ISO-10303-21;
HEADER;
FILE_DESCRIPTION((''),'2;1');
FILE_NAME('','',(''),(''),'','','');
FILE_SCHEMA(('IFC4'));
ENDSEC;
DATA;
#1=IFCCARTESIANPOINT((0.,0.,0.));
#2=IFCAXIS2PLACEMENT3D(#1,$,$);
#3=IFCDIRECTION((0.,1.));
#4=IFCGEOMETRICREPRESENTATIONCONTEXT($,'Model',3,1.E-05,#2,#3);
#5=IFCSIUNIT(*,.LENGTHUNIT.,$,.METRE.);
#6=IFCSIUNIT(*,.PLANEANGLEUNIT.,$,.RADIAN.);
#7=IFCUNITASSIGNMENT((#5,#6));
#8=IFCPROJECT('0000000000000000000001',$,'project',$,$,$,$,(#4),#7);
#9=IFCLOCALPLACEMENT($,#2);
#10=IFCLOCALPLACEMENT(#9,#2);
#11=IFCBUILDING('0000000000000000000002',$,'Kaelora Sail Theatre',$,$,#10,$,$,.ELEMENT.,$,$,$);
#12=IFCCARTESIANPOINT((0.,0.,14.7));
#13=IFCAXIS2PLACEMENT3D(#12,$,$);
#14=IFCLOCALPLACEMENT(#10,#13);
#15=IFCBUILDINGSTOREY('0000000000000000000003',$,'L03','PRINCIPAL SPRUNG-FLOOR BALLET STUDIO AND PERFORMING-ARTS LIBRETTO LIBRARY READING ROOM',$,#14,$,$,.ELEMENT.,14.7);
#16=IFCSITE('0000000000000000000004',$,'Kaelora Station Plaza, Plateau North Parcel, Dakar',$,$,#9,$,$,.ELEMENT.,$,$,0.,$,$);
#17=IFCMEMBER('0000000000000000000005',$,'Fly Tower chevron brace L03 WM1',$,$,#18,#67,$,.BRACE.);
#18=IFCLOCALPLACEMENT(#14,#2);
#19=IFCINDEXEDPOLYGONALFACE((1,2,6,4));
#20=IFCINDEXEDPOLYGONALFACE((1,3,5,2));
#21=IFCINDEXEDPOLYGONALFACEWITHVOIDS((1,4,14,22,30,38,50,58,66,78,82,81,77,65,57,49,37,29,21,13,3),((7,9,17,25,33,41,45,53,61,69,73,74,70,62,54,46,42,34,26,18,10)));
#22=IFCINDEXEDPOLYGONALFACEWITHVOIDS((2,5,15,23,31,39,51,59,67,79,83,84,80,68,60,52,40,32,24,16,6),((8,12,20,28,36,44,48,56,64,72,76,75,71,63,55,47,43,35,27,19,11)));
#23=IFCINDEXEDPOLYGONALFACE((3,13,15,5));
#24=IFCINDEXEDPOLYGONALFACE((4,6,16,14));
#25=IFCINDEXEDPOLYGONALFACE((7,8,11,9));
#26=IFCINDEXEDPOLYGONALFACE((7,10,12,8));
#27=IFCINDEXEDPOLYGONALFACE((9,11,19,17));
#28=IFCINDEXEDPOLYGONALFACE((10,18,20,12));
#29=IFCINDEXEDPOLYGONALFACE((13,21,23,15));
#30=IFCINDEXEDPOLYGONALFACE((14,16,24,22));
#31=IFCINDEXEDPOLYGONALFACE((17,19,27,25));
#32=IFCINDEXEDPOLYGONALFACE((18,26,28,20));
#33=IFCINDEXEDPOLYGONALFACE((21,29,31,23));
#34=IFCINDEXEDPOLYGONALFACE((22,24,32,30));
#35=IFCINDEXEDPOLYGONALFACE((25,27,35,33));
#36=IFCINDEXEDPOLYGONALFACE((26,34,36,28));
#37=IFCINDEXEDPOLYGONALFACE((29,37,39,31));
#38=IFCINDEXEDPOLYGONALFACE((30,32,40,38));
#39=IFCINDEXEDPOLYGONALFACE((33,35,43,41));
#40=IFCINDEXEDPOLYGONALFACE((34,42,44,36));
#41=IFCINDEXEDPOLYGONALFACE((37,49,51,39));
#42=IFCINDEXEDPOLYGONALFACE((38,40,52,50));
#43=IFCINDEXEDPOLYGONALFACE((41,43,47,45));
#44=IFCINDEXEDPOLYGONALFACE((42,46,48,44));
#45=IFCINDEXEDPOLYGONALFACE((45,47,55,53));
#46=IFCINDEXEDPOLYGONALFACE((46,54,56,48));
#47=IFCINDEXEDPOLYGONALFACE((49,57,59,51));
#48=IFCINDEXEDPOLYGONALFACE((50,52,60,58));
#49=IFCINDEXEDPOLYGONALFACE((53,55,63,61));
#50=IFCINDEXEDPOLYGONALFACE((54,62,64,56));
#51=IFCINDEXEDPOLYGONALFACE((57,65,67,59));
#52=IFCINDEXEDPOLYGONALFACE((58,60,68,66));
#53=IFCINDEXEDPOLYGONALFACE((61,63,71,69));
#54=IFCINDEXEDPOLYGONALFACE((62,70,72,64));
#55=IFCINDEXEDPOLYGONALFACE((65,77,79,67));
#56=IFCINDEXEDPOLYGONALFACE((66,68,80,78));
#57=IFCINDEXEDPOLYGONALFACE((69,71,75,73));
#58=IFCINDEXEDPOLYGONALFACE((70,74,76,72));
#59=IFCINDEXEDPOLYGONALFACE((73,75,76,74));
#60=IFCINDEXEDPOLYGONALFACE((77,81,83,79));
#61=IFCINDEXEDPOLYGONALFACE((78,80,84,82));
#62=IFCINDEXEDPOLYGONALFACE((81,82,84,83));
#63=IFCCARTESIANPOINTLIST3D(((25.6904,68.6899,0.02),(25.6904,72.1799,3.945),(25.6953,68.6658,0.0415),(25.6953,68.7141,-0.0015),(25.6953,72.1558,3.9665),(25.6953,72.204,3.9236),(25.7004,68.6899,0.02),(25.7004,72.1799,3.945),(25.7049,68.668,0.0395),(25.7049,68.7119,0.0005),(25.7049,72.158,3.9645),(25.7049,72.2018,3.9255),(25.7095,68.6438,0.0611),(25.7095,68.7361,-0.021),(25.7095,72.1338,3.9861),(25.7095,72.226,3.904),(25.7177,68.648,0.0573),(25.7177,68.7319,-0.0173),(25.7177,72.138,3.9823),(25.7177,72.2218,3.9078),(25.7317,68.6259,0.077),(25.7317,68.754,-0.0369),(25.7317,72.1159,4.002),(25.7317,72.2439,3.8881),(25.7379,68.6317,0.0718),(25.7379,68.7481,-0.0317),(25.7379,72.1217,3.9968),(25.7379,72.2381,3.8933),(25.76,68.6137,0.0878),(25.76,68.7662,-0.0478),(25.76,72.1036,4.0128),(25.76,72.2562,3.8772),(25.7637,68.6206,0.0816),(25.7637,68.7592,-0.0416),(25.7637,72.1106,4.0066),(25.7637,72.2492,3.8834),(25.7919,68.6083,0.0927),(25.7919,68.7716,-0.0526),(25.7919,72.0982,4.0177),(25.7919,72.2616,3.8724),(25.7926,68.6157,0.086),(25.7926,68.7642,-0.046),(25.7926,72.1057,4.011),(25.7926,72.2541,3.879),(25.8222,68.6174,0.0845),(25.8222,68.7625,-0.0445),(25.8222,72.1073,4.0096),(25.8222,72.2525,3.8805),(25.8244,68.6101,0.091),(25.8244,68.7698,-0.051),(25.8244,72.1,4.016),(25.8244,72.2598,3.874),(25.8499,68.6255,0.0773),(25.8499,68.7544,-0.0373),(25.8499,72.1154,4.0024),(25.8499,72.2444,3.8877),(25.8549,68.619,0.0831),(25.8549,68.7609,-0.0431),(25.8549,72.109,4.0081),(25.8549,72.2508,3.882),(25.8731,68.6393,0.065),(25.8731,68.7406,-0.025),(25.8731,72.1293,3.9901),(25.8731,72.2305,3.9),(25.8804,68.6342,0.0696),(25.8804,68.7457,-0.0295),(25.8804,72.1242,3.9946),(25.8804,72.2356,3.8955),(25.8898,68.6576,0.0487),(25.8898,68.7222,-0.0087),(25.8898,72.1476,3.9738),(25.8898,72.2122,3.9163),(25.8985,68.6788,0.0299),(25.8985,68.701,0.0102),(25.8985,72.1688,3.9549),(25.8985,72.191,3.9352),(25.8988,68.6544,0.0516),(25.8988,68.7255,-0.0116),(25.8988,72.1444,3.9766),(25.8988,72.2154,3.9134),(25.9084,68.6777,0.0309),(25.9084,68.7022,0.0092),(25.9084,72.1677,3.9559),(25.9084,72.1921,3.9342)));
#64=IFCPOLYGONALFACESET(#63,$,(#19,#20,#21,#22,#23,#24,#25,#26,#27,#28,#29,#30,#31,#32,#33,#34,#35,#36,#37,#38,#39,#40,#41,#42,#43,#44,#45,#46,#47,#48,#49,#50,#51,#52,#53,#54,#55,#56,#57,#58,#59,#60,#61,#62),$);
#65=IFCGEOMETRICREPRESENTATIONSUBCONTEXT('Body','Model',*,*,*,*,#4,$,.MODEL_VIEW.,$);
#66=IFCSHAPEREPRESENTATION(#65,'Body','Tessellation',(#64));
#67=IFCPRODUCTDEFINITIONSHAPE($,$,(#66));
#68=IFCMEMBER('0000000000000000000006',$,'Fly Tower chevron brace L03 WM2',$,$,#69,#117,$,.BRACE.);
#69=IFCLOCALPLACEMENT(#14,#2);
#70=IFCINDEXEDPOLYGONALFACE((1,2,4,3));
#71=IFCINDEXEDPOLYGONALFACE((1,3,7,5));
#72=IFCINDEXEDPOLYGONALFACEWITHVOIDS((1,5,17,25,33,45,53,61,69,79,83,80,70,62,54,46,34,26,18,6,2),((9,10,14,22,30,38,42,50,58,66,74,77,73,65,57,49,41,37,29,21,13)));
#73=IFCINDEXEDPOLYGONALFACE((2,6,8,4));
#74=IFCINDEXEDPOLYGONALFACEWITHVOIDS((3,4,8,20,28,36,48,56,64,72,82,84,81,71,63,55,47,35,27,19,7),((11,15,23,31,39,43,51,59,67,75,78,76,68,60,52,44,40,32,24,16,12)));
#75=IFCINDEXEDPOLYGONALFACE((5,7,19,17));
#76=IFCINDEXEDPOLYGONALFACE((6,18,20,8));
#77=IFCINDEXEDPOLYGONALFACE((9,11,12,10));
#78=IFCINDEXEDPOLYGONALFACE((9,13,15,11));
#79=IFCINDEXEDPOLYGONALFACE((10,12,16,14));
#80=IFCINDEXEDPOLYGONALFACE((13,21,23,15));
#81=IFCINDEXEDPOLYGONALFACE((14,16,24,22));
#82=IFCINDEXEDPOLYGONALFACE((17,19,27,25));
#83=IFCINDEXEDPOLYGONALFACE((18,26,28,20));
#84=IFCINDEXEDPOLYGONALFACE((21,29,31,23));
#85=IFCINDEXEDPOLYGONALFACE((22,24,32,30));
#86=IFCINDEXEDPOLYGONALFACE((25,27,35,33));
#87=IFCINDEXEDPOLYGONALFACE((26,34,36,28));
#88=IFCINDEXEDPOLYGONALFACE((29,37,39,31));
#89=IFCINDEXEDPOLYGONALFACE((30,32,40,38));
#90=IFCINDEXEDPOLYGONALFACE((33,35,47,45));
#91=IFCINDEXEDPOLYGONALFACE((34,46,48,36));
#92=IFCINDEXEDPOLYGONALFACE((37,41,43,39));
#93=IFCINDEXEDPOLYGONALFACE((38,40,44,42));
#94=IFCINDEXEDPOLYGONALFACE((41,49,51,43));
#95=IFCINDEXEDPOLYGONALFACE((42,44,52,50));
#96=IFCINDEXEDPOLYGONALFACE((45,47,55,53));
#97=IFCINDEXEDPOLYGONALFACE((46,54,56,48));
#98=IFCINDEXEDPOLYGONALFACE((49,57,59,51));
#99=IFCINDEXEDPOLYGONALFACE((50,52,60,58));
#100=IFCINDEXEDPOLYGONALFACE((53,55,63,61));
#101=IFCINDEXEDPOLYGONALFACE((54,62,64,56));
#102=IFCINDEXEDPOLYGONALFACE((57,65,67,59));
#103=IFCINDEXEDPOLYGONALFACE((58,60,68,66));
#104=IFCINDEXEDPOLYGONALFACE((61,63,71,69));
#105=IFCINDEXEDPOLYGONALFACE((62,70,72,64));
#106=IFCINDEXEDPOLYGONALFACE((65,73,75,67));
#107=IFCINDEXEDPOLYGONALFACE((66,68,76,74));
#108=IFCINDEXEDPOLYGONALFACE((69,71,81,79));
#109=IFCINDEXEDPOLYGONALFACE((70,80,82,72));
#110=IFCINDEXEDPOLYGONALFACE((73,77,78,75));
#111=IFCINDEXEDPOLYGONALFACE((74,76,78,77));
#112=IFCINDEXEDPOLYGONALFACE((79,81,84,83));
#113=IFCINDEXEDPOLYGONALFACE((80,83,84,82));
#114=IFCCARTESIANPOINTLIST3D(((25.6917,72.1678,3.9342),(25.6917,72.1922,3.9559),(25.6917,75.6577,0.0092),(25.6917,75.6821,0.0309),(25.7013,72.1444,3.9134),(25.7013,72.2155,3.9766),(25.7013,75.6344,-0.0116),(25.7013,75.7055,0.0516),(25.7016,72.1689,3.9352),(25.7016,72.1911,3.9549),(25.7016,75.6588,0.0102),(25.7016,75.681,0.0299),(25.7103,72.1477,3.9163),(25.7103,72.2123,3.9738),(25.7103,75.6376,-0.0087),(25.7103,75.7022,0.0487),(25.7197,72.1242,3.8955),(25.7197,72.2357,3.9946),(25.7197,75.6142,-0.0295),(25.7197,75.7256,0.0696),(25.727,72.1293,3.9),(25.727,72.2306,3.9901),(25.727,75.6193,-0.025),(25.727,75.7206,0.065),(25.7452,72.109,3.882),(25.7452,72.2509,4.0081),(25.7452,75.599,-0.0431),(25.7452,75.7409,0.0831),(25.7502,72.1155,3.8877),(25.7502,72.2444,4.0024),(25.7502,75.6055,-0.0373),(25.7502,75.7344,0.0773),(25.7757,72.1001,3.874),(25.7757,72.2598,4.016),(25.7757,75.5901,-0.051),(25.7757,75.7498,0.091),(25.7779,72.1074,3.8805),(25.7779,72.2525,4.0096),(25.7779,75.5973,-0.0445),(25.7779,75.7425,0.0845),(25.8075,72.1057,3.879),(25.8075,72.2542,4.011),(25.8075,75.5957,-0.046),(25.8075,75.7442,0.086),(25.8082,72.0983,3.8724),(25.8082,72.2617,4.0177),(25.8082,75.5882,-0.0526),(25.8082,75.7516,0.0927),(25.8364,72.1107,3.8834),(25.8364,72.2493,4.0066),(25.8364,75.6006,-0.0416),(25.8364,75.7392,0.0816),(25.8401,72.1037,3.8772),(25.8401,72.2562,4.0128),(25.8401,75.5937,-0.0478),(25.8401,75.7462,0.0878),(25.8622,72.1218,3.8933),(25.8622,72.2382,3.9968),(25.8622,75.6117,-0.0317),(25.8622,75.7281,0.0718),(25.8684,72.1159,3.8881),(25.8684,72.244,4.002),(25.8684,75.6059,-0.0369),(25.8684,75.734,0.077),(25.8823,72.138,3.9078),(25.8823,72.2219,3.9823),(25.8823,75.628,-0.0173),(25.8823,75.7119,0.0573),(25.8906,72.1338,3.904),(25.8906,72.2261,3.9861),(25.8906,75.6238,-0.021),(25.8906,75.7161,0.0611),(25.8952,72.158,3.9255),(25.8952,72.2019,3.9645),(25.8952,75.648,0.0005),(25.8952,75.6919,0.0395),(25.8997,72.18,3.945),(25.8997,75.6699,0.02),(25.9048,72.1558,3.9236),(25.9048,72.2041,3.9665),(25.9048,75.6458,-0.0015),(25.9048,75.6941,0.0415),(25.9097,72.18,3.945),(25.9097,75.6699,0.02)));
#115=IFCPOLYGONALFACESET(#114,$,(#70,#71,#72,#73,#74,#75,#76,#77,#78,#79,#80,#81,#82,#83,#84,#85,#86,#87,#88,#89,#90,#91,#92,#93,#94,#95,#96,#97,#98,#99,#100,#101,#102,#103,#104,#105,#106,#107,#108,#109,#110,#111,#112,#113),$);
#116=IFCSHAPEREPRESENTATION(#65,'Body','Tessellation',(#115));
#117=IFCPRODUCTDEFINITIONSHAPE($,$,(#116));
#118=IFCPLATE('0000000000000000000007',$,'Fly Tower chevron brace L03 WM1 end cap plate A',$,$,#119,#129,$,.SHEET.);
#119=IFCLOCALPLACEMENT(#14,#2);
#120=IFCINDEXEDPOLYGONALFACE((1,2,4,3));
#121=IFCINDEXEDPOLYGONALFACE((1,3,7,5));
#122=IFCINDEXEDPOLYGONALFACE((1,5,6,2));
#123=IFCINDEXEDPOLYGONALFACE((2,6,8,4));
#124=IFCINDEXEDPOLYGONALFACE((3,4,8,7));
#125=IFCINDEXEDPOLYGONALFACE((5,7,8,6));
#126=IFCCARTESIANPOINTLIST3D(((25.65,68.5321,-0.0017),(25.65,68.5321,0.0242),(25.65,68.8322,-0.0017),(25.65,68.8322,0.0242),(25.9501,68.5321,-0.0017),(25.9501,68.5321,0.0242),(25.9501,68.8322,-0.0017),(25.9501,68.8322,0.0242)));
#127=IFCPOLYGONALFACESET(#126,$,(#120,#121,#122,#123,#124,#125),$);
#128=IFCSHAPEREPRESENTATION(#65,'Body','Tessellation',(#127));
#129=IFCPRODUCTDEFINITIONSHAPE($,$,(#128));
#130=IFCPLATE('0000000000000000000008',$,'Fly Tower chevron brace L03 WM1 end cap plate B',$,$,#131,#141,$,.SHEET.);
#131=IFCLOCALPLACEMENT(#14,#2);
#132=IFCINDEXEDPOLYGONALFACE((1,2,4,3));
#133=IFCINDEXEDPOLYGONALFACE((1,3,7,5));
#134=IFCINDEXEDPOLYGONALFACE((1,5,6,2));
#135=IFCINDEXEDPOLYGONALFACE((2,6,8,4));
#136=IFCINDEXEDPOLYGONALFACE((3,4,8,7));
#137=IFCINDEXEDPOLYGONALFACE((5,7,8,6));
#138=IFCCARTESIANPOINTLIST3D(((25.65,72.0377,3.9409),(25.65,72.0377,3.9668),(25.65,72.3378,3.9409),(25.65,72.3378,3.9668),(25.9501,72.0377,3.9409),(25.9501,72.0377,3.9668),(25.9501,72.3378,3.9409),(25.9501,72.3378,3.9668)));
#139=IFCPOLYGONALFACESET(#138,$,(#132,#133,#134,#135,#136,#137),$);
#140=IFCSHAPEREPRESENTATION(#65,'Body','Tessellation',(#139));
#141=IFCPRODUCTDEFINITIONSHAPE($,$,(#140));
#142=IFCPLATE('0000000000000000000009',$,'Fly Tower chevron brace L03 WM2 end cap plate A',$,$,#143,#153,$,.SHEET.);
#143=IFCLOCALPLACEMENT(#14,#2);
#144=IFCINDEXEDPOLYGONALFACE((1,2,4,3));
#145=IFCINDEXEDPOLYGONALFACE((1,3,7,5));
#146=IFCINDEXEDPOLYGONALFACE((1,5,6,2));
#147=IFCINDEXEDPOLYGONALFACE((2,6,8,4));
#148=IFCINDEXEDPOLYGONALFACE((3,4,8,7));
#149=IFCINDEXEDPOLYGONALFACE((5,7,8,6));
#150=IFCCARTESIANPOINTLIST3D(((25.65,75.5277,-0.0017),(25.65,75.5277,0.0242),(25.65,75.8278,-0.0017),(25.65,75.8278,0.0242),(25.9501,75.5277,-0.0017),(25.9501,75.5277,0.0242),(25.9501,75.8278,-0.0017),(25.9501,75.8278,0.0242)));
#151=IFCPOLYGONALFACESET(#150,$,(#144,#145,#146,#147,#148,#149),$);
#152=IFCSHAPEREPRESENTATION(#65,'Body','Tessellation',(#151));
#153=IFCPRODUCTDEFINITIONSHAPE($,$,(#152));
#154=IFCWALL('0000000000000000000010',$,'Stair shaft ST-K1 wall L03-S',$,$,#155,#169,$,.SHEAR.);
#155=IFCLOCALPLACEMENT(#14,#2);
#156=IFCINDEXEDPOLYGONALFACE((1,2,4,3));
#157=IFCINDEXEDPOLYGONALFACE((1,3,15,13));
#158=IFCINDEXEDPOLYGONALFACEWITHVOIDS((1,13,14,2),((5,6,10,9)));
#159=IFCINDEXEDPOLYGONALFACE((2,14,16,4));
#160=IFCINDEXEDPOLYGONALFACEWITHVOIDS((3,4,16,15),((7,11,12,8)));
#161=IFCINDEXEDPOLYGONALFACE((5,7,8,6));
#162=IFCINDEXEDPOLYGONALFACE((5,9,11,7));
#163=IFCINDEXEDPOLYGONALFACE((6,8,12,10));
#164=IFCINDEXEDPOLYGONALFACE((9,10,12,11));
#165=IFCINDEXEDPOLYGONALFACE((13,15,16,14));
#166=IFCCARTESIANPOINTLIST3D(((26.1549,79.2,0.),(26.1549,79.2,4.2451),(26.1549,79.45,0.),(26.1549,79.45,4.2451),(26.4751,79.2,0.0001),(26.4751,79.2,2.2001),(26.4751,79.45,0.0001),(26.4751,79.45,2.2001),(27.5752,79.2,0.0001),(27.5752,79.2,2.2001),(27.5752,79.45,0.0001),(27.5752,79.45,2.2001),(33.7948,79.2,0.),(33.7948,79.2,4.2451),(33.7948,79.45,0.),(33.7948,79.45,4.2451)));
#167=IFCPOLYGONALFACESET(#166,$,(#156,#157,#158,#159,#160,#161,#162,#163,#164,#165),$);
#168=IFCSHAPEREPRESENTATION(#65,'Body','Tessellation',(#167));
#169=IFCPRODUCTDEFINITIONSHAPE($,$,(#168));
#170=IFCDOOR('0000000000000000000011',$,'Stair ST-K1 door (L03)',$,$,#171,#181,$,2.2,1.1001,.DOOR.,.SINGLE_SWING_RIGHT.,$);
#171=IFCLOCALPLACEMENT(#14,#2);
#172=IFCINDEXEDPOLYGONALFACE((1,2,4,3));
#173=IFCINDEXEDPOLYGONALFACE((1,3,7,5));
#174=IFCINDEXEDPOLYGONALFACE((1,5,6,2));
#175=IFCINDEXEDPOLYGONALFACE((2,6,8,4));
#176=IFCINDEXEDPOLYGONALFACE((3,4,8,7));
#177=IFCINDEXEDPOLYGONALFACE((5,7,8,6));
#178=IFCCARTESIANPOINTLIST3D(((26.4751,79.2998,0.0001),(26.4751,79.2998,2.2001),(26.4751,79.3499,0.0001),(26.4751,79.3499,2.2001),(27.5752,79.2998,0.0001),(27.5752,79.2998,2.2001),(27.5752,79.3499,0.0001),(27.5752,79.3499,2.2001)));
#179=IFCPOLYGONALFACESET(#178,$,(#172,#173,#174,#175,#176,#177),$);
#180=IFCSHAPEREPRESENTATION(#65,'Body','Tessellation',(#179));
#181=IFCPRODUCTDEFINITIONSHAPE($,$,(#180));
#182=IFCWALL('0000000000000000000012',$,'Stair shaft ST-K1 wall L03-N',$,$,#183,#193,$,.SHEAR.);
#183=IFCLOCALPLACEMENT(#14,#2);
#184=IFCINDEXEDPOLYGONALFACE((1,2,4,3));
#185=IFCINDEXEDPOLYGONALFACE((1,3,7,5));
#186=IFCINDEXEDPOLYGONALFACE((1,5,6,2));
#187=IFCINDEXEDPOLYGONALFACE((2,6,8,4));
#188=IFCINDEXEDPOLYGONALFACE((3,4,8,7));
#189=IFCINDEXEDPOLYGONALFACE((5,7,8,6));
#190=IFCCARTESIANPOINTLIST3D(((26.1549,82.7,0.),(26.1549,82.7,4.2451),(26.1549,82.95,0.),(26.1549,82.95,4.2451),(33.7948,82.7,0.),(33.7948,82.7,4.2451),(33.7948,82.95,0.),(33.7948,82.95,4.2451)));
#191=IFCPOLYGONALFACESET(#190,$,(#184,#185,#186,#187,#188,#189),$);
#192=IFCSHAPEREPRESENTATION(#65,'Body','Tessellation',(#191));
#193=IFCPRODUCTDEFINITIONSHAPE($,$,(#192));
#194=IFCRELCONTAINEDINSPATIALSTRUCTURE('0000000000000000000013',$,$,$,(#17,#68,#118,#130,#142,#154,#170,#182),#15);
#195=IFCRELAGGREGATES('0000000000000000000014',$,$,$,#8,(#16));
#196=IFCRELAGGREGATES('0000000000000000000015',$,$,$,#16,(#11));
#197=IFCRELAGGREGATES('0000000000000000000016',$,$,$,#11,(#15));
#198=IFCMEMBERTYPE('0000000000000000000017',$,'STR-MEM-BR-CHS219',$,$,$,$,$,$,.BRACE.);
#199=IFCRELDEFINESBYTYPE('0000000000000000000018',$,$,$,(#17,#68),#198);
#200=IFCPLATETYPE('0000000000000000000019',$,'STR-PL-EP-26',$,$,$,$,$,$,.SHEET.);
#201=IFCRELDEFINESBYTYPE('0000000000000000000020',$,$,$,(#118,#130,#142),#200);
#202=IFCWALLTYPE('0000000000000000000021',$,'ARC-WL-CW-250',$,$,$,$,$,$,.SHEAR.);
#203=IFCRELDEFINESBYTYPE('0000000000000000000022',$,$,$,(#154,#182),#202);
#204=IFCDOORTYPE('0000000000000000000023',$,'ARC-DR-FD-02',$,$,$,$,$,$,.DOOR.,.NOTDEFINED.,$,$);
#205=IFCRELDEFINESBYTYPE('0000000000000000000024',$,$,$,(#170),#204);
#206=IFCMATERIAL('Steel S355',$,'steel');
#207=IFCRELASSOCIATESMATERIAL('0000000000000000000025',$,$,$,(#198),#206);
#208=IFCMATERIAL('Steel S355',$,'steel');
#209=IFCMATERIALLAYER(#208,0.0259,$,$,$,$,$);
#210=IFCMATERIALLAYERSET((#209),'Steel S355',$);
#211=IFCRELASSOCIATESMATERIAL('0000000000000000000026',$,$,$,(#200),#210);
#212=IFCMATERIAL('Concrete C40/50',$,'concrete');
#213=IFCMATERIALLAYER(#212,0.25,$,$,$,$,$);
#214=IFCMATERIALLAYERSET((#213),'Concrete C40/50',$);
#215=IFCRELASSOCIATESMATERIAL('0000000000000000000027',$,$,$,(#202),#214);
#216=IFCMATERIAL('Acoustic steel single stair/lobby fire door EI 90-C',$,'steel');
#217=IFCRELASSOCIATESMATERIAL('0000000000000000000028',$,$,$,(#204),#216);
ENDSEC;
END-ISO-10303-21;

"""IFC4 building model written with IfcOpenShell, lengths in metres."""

from ifc_helpers import new_model, si_unit, direction, frame, frame_2d, origin, origin_2d, place, context, subcontext, project, spatial, rectangle, hollow_circle, extrude, material, layer, layer_set, material_profile, profile_set, type_object, element, fill, save


model = new_model("IFC4")

# Units and contexts
model_context = context("Model", 3, precision=1e-05, world=origin(), true_north=direction((0.0, 1.0)))
body_context = subcontext(model_context, "Body", "Model", "MODEL_VIEW")
ifc_project = project(units=[si_unit("LENGTHUNIT", "METRE"), si_unit("PLANEANGLEUNIT", "RADIAN")], contexts=[model_context])

# Site, building, storey
site_placement = place(None, origin())
site = spatial("IfcSite", under=ifc_project, at=site_placement, Name="Kaelora Station Plaza, Plateau North Parcel, Dakar", CompositionType="ELEMENT", RefElevation=0.0)
building_placement = place(site_placement, origin())
building = spatial("IfcBuilding", under=site, at=building_placement, Name="Kaelora Sail Theatre", CompositionType="ELEMENT")
storey_placement = place(building_placement, frame((0.0, 0.0, 14.7)))
storey = spatial("IfcBuildingStorey", under=building, at=storey_placement, Name="L03", Description="PRINCIPAL SPRUNG-FLOOR BALLET STUDIO AND PERFORMING-ARTS LIBRETTO LIBRARY READING ROOM", CompositionType="ELEMENT", Elevation=14.7)

# Members
ifc_material_1 = material(Name="Steel S355", Category="steel")
ifc_material_profile_1 = material_profile(ifc_material_1, hollow_circle(Radius=0.1096, WallThickness=0.01, at=origin_2d()), Name="CHS 219.1x10.0")
ifc_profile_set_1 = profile_set([ifc_material_profile_1], Name="Steel S355")
member_type = type_object("IfcMemberType", Name="STR-MEM-BR-CHS219", PredefinedType="BRACE", material=ifc_profile_set_1)
for number, where, z_axis, x_axis, name in (
    (1, (25.8, 68.6899, 0.02), (0.0, 0.664476, 0.747309), (-1.0, 0.0, 0.0), "Fly Tower chevron brace L03 WM1"),
    (2, (25.8, 75.6699, 0.02), (0.0, -0.664476, 0.747309), (1.0, 0.0, 0.0), "Fly Tower chevron brace L03 WM2"),
):
    element("IfcMember", number, at=place(storey_placement, frame(where, z_axis=z_axis, x_axis=x_axis)), inside=storey, type_object=member_type, Name=name, PredefinedType="BRACE", context=body_context, shape_type="SweptSolid", body=[
        extrude(hollow_circle(Radius=0.1096, WallThickness=0.01, at=origin_2d()), origin(), (0.0, 0.0, 1.0), 5.2522),
    ])

# Plates
ifc_material_2 = material(Name="Steel S355", Category="steel")
ifc_layer_1 = layer(ifc_material_2, 0.0259)
ifc_layer_set_1 = layer_set([ifc_layer_1], Name="Steel S355")
plate_type = type_object("IfcPlateType", Name="STR-PL-EP-26", PredefinedType="SHEET", material=ifc_layer_set_1)
for number, where, z_axis, x_axis, name in (
    (3, (25.8, 68.6821, -0.0017), (0.0, 0.0, 1.0), (1.0, 0.0, 0.0), "Fly Tower chevron brace L03 WM1 end cap plate A"),
    (4, (25.8, 72.1877, 3.9409), (0.0, 0.0, 1.0), (1.0, 0.0, 0.0), "Fly Tower chevron brace L03 WM1 end cap plate B"),
    (5, (25.8, 75.6777, -0.0017), (0.0, 0.0, 1.0), (1.0, 0.0, 0.0), "Fly Tower chevron brace L03 WM2 end cap plate A"),
):
    element("IfcPlate", number, at=place(storey_placement, frame(where, z_axis=z_axis, x_axis=x_axis)), inside=storey, type_object=plate_type, Name=name, PredefinedType="SHEET", context=body_context, shape_type="SweptSolid", body=[
        extrude(rectangle(XDim=0.3, YDim=0.3, at=origin_2d()), origin(), (0.0, 0.0, 1.0), 0.0259),
    ])

# Wall, opening, door
ifc_material_3 = material(Name="Concrete C40/50", Category="concrete")
ifc_layer_2 = layer(ifc_material_3, 0.25)
ifc_layer_set_2 = layer_set([ifc_layer_2], Name="Concrete C40/50")
wall_type_1 = type_object("IfcWallType", Name="ARC-WL-CW-250", PredefinedType="SHEAR", material=ifc_layer_set_2)
wall_1_placement = place(storey_placement, frame((26.155, 79.325, 0.0), z_axis=(0.0, 0.0, 1.0), x_axis=(1.0, 0.0, 0.0)))
wall_1 = element("IfcWall", 6, at=wall_1_placement, inside=storey, type_object=wall_type_1, Name="Stair shaft ST-K1 wall L03-S", PredefinedType="SHEAR", context=body_context, shape_type="SweptSolid", body=[
    extrude(rectangle(XDim=7.6399, YDim=0.25, at=frame_2d((3.8198, 0.0))), origin(), (0.0, 0.0, 1.0), 4.2451),
])
opening_placement = place(wall_1_placement, frame((0.3201, 0.0, 0.0)))
opening = element("IfcOpeningElement", 7, at=opening_placement, cuts=wall_1, PredefinedType="OPENING", context=body_context, shape_type="SweptSolid", body=[
    extrude(rectangle(XDim=1.1001, YDim=2.2, at=frame_2d((0.55, 1.1001))), frame((0.0, 0.135, 0.0), z_axis=(0.0, -1.0, 0.0), x_axis=(1.0, 0.0, 0.0)), (0.0, 0.0, 1.0), 0.27),
])
ifc_material_4 = material(Name="Acoustic steel single stair/lobby fire door EI 90-C", Category="steel")
door_type = type_object("IfcDoorType", Name="ARC-DR-FD-02", OperationType="NOTDEFINED", PredefinedType="DOOR", material=ifc_material_4)
door_placement = place(opening_placement, origin())
door = element("IfcDoor", 8, at=door_placement, inside=storey, type_object=door_type, Name="Stair ST-K1 door (L03)", OperationType="SINGLE_SWING_RIGHT", OverallHeight=2.2, OverallWidth=1.1001, PredefinedType="DOOR", context=body_context, shape_type="SweptSolid", body=[
    extrude(rectangle(XDim=1.1001, YDim=2.2, at=frame_2d((0.55, 1.1001))), frame((0.0, 0.0249, 0.0), z_axis=(0.0, -1.0, 0.0), x_axis=(1.0, 0.0, 0.0)), (0.0, 0.0, 1.0), 0.05),
])
fill(opening, door)

# Wall
wall_2_placement = place(storey_placement, frame((26.155, 82.825, 0.0), z_axis=(0.0, 0.0, 1.0), x_axis=(1.0, 0.0, 0.0)))
element("IfcWall", 9, at=wall_2_placement, inside=storey, type_object=wall_type_1, Name="Stair shaft ST-K1 wall L03-N", PredefinedType="SHEAR", context=body_context, shape_type="SweptSolid", body=[
    extrude(rectangle(XDim=7.6399, YDim=0.25, at=frame_2d((3.8198, 0.0))), origin(), (0.0, 0.0, 1.0), 4.2451),
])

save(model, "model.ifc")
